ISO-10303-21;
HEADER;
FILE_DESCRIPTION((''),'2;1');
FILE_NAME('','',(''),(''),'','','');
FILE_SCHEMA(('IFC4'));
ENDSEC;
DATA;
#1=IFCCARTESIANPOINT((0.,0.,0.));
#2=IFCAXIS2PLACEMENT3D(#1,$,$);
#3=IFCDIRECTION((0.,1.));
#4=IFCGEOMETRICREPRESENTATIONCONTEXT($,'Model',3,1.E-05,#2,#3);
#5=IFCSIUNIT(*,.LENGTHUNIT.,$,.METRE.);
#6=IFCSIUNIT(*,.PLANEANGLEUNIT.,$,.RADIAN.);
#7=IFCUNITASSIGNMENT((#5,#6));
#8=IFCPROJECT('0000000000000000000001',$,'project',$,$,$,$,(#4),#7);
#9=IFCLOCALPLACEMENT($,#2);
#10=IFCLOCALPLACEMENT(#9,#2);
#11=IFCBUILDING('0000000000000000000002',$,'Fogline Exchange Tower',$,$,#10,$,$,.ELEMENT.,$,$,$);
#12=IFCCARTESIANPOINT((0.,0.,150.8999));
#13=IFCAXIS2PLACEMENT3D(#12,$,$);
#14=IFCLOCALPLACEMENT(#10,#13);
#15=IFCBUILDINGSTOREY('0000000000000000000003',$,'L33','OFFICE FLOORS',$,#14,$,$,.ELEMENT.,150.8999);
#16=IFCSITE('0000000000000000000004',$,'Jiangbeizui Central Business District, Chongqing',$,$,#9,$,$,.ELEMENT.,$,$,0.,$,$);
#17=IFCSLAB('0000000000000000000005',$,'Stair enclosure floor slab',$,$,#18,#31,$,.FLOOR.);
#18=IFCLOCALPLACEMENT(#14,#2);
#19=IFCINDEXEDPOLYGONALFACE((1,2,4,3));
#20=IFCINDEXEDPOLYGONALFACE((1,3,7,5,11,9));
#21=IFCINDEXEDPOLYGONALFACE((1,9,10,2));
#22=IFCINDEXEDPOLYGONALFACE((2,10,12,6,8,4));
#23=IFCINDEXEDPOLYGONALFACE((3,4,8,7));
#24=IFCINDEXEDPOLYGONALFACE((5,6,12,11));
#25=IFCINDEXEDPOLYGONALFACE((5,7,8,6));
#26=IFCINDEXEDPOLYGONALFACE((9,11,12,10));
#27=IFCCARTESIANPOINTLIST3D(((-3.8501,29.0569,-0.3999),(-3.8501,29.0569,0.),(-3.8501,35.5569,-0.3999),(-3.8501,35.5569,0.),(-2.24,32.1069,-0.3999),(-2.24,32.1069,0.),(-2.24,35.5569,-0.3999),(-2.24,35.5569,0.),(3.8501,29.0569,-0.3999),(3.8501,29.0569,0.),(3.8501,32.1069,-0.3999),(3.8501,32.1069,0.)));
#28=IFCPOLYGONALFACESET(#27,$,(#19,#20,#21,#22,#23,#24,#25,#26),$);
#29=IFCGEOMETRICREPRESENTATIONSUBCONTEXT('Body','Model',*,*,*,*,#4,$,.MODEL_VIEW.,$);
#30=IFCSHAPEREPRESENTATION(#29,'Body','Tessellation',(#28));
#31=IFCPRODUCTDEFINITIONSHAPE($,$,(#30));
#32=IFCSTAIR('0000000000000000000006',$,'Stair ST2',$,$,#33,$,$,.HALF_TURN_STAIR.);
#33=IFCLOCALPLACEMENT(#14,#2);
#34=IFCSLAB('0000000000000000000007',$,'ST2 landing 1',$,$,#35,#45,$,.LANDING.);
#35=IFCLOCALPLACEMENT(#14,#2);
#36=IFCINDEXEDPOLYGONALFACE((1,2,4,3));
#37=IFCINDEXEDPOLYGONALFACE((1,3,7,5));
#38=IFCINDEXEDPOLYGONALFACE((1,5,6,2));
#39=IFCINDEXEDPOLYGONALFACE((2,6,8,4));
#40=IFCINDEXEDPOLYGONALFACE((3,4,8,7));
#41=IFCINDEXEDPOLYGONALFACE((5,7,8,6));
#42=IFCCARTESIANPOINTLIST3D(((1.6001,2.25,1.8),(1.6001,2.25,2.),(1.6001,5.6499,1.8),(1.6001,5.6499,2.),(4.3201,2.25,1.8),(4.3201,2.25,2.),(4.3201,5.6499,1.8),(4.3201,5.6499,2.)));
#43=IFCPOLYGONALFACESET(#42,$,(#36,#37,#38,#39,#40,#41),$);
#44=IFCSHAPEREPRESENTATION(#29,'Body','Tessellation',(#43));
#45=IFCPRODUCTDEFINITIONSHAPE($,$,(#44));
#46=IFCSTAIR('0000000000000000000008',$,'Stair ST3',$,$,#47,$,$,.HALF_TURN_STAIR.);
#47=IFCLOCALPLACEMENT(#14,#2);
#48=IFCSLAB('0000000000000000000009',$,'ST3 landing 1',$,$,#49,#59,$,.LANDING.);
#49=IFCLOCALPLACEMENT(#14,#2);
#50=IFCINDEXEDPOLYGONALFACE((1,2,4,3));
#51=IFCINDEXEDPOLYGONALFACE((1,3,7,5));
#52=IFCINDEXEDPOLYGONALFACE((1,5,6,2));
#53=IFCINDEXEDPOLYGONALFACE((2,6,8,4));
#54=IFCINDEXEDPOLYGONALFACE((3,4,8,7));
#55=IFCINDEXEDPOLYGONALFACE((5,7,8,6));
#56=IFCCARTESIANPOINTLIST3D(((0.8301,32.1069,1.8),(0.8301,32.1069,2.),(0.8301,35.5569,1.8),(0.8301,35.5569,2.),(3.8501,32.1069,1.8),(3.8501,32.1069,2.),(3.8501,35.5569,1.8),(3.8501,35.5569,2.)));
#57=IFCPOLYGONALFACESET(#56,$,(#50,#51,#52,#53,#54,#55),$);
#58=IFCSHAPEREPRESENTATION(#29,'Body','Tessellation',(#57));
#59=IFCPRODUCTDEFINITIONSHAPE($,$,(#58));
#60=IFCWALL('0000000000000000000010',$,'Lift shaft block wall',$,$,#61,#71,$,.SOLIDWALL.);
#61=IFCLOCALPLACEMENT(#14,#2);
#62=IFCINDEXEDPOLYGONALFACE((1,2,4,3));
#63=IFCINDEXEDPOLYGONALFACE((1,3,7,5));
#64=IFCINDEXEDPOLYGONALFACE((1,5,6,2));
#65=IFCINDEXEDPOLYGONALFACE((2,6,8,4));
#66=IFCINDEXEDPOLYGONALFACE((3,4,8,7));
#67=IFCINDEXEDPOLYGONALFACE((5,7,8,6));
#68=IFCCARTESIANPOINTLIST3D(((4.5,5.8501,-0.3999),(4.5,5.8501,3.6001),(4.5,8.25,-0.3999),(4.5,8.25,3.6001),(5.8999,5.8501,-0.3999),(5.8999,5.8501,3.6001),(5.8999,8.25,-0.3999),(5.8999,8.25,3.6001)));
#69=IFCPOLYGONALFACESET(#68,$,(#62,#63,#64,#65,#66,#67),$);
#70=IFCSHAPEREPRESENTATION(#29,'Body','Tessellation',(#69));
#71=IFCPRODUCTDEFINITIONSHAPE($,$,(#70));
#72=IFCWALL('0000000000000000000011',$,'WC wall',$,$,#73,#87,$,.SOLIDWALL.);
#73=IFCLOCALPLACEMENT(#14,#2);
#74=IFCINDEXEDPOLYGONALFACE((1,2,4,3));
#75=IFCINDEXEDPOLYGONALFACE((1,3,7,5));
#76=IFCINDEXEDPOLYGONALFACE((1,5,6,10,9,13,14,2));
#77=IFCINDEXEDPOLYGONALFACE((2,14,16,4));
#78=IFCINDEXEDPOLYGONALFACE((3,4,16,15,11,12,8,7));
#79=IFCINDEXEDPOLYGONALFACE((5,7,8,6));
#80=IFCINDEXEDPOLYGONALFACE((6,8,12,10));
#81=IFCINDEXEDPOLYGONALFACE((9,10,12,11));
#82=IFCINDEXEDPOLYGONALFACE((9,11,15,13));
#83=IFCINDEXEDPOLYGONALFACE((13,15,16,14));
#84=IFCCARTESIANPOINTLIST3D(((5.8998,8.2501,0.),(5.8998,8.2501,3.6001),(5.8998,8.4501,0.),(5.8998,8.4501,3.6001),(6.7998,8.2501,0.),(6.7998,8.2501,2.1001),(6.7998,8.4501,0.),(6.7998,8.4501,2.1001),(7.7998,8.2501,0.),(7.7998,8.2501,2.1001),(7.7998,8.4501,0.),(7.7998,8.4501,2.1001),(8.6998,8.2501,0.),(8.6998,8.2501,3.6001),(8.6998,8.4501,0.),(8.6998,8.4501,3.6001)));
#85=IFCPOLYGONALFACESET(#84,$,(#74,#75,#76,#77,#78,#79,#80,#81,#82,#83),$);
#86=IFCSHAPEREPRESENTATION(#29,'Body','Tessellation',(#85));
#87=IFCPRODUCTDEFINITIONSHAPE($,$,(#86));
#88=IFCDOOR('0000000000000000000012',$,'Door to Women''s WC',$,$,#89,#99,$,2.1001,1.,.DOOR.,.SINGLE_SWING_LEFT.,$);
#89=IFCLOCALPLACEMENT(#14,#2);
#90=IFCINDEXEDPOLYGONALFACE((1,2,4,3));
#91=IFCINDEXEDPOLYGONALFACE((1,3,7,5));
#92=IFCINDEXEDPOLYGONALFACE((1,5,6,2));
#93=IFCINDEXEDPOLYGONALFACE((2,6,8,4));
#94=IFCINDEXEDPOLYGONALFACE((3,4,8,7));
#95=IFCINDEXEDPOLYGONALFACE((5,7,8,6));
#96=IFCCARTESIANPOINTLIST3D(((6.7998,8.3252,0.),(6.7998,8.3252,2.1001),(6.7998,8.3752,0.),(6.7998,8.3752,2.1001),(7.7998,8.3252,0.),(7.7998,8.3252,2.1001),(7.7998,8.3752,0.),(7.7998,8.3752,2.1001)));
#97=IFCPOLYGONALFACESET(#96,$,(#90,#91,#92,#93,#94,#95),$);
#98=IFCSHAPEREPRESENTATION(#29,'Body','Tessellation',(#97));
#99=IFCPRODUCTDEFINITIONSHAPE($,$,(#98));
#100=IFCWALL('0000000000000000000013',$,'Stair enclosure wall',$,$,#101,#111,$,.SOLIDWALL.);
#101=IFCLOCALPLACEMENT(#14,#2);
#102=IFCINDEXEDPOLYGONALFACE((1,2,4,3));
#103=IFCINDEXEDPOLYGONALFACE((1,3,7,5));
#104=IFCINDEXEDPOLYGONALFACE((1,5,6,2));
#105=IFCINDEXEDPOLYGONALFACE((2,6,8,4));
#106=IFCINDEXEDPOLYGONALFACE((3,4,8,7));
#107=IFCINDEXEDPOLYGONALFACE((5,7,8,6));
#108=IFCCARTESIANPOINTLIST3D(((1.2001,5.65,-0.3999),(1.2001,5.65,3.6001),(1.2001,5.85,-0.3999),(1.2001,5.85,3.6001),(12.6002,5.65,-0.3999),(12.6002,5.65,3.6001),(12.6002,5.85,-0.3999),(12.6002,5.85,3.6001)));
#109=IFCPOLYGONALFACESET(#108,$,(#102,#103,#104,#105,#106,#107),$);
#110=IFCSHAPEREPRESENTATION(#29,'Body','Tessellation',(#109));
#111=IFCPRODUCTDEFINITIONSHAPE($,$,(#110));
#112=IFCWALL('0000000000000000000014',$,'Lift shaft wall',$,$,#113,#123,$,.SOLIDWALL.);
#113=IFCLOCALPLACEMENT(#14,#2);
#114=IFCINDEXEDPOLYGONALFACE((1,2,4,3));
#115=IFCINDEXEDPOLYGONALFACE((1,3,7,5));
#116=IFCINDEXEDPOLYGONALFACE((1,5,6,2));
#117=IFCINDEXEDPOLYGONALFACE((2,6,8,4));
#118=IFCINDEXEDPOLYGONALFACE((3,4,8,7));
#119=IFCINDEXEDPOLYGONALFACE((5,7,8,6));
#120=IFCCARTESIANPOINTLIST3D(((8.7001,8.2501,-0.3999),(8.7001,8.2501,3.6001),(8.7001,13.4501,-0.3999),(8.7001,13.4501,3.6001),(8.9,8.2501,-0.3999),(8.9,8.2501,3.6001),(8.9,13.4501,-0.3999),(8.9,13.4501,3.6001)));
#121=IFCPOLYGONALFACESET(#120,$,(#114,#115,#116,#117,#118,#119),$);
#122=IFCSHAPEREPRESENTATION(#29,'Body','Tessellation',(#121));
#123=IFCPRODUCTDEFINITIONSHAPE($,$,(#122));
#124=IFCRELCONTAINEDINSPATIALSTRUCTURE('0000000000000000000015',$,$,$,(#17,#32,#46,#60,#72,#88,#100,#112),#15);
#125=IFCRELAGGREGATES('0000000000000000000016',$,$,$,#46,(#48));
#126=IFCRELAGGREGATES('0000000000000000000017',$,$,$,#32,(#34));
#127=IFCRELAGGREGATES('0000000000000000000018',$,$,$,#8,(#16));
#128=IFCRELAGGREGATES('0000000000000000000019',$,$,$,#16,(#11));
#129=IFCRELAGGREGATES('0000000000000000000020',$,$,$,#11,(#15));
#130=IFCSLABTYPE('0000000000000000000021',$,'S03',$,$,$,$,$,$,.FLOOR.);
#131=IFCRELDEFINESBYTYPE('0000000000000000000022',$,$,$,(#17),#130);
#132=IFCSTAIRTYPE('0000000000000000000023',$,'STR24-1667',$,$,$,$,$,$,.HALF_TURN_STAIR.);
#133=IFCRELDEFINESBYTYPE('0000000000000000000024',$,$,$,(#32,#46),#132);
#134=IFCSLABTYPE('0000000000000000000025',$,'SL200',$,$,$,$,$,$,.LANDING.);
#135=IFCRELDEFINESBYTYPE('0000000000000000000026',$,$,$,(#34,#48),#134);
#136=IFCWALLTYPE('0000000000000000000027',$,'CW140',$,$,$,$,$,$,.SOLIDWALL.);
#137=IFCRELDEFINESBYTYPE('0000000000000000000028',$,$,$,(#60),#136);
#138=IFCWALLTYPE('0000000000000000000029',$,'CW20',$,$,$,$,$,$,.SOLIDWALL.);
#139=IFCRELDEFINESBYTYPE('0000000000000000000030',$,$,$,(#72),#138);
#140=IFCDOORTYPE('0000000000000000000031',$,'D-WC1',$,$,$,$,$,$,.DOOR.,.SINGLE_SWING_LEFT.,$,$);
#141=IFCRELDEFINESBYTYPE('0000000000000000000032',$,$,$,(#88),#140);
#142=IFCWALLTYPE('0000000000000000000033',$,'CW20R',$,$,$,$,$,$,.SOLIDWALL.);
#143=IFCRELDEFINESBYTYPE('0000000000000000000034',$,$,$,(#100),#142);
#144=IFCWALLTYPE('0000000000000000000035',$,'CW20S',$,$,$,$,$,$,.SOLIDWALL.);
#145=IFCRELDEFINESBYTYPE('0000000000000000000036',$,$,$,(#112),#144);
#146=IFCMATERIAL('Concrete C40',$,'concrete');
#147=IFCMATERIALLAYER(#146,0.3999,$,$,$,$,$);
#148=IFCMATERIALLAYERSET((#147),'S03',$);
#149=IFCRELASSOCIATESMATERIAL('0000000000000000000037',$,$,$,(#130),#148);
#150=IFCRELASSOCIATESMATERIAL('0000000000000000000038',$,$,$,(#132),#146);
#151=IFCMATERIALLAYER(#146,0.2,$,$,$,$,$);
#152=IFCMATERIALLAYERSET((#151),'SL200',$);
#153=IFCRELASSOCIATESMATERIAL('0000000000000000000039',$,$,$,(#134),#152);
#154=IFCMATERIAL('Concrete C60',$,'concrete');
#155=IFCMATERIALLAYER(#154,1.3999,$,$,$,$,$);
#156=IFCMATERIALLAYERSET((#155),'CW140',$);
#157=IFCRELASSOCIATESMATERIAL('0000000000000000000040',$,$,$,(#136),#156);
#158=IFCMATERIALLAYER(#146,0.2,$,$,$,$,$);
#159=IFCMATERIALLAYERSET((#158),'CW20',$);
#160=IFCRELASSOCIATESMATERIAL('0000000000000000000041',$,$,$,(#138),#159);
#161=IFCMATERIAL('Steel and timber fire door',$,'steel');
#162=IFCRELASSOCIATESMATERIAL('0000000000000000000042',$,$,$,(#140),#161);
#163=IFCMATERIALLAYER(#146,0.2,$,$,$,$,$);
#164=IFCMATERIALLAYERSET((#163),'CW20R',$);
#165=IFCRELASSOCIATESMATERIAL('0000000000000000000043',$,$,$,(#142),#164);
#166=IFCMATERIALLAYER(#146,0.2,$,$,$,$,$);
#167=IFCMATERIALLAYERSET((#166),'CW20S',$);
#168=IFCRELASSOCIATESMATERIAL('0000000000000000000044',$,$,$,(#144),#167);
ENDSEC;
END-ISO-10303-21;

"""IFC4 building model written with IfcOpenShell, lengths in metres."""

from ifc_helpers import new_model, si_unit, direction, frame, frame_2d, origin, place, context, subcontext, project, spatial, polyline, rectangle, outline, extrude, material, layer, layer_set, type_object, element, fill, aggregate, save


model = new_model("IFC4")

# Units and contexts
model_context = context("Model", 3, precision=1e-05, world=origin(), true_north=direction((0.0, 1.0)))
body_context = subcontext(model_context, "Body", "Model", "MODEL_VIEW")
ifc_project = project(units=[si_unit("LENGTHUNIT", "METRE"), si_unit("PLANEANGLEUNIT", "RADIAN")], contexts=[model_context])

# Site, building, storey
site_placement = place(None, origin())
site = spatial("IfcSite", under=ifc_project, at=site_placement, Name="Jiangbeizui Central Business District, Chongqing", CompositionType="ELEMENT", RefElevation=0.0)
building_placement = place(site_placement, origin())
building = spatial("IfcBuilding", under=site, at=building_placement, Name="Fogline Exchange Tower", CompositionType="ELEMENT")
storey_placement = place(building_placement, frame((0.0, 0.0, 150.8999)))
storey = spatial("IfcBuildingStorey", under=building, at=storey_placement, Name="L33", Description="OFFICE FLOORS", CompositionType="ELEMENT", Elevation=150.8999)

# Slab
ifc_material_1 = material(Name="Concrete C40", Category="concrete")
ifc_layer_1 = layer(ifc_material_1, 0.3999)
ifc_layer_set_1 = layer_set([ifc_layer_1], Name="S03")
slab_type_1 = type_object("IfcSlabType", Name="S03", PredefinedType="FLOOR", material=ifc_layer_set_1)
slab_1_placement = place(storey_placement, frame((0.0, 0.0, -0.3999)))
element("IfcSlab", 1, at=slab_1_placement, inside=storey, type_object=slab_type_1, Name="Stair enclosure floor slab", PredefinedType="FLOOR", context=body_context, shape_type="SweptSolid", body=[
    extrude(outline(polyline([(3.8501, 29.0569), (-3.8501, 29.0569), (-3.8501, 35.5569), (-2.24, 35.5569), (-2.24, 32.1069), (3.8501, 32.1069), (3.8501, 29.0569)])), origin(), (0.0, 0.0, 1.0), 0.3999),
])

# Stairs, slabs
stair_type = type_object("IfcStairType", Name="STR24-1667", PredefinedType="HALF_TURN_STAIR", material=ifc_material_1)
stair_1_placement = place(storey_placement, origin())
stair_1 = element("IfcStair", 2, at=stair_1_placement, inside=storey, type_object=stair_type, Name="Stair ST2", PredefinedType="HALF_TURN_STAIR")
ifc_layer_2 = layer(ifc_material_1, 0.2)
ifc_layer_set_2 = layer_set([ifc_layer_2], Name="SL200")
slab_type_2 = type_object("IfcSlabType", Name="SL200", PredefinedType="LANDING", material=ifc_layer_set_2)
slab_2_placement = place(storey_placement, frame((0.0, 0.0, 1.8)))
slab_2 = element("IfcSlab", 3, at=slab_2_placement, type_object=slab_type_2, Name="ST2 landing 1", PredefinedType="LANDING", context=body_context, shape_type="SweptSolid", body=[
    extrude(outline(polyline([(1.6001, 2.25), (4.3201, 2.25), (4.3201, 5.6499), (1.6001, 5.6499), (1.6001, 2.25)])), origin(), (0.0, 0.0, 1.0), 0.2),
])
stair_2_placement = place(storey_placement, origin())
stair_2 = element("IfcStair", 4, at=stair_2_placement, inside=storey, type_object=stair_type, Name="Stair ST3", PredefinedType="HALF_TURN_STAIR")
slab_3_placement = place(storey_placement, frame((0.0, 0.0, 1.8)))
slab_3 = element("IfcSlab", 5, at=slab_3_placement, type_object=slab_type_2, Name="ST3 landing 1", PredefinedType="LANDING", context=body_context, shape_type="SweptSolid", body=[
    extrude(outline(polyline([(0.8301, 32.1069), (3.8501, 32.1069), (3.8501, 35.5569), (0.8301, 35.5569), (0.8301, 32.1069)])), origin(), (0.0, 0.0, 1.0), 0.2),
])
aggregate(stair_2, [slab_3])

# Wall
ifc_material_2 = material(Name="Concrete C60", Category="concrete")
ifc_layer_3 = layer(ifc_material_2, 1.3999)
ifc_layer_set_3 = layer_set([ifc_layer_3], Name="CW140")
wall_type_1 = type_object("IfcWallType", Name="CW140", PredefinedType="SOLIDWALL", material=ifc_layer_set_3)
wall_1_placement = place(storey_placement, frame((5.2, 5.8501, -0.3999), z_axis=(0.0, 0.0, 1.0), x_axis=(0.0, 1.0, 0.0)))
element("IfcWall", 6, at=wall_1_placement, inside=storey, type_object=wall_type_1, Name="Lift shaft block wall", PredefinedType="SOLIDWALL", context=body_context, shape_type="SweptSolid", body=[
    extrude(rectangle(XDim=2.3999, YDim=1.3999, at=frame_2d((1.2, 0.0))), origin(), (0.0, 0.0, 1.0), 4.0),
])

# Wall, opening, door
ifc_layer_4 = layer(ifc_material_1, 0.2)
ifc_layer_set_4 = layer_set([ifc_layer_4], Name="CW20")
wall_type_2 = type_object("IfcWallType", Name="CW20", PredefinedType="SOLIDWALL", material=ifc_layer_set_4)
wall_2_placement = place(storey_placement, frame((5.8999, 8.3501, 0.0), z_axis=(0.0, 0.0, 1.0), x_axis=(1.0, 0.0, 0.0)))
wall_2 = element("IfcWall", 7, at=wall_2_placement, inside=storey, type_object=wall_type_2, Name="WC wall", PredefinedType="SOLIDWALL", context=body_context, shape_type="SweptSolid", body=[
    extrude(rectangle(XDim=2.8, YDim=0.2, at=frame_2d((1.3999, 0.0))), origin(), (0.0, 0.0, 1.0), 3.6001),
])
opening_1_placement = place(wall_2_placement, frame((0.8999, 0.0, 0.0)))
opening_1 = element("IfcOpeningElement", 8, at=opening_1_placement, cuts=wall_2, PredefinedType="OPENING", context=body_context, shape_type="SweptSolid", body=[
    extrude(rectangle(XDim=1.0, YDim=2.1001, at=frame_2d((0.5, 1.05))), frame((0.0, 0.1099, 0.0), z_axis=(0.0, -1.0, 0.0), x_axis=(1.0, 0.0, 0.0)), (0.0, 0.0, 1.0), 0.22),
])
ifc_material_3 = material(Name="Steel and timber fire door", Category="steel")
door_type_1 = type_object("IfcDoorType", Name="D-WC1", OperationType="SINGLE_SWING_LEFT", PredefinedType="DOOR", material=ifc_material_3)
door_1_placement = place(opening_1_placement, frame((1.0, 0.0, 0.0), z_axis=(0.0, 0.0, 1.0), x_axis=(-1.0, 0.0, 0.0)))
door_1 = element("IfcDoor", 9, at=door_1_placement, inside=storey, type_object=door_type_1, Name="Door to Women's WC", OperationType="SINGLE_SWING_LEFT", OverallHeight=2.1001, OverallWidth=1.0, PredefinedType="DOOR", context=body_context, shape_type="SweptSolid", body=[
    extrude(rectangle(XDim=1.0, YDim=2.1001, at=frame_2d((0.5, 1.05))), frame((0.0, 0.0249, 0.0), z_axis=(0.0, -1.0, 0.0), x_axis=(1.0, 0.0, 0.0)), (0.0, 0.0, 1.0), 0.05),
])
fill(opening_1, door_1)

# Walls
ifc_layer_5 = layer(ifc_material_1, 0.2)
ifc_layer_set_5 = layer_set([ifc_layer_5], Name="CW20R")
wall_type_3 = type_object("IfcWallType", Name="CW20R", PredefinedType="SOLIDWALL", material=ifc_layer_set_5)
wall_3_placement = place(storey_placement, frame((1.2, 5.75, -0.3999), z_axis=(0.0, 0.0, 1.0), x_axis=(1.0, 0.0, 0.0)))
element("IfcWall", 10, at=wall_3_placement, inside=storey, type_object=wall_type_3, Name="Stair enclosure wall", PredefinedType="SOLIDWALL", context=body_context, shape_type="SweptSolid", body=[
    extrude(rectangle(XDim=11.4001, YDim=0.2, at=frame_2d((5.7002, 0.0))), origin(), (0.0, 0.0, 1.0), 4.0),
])
ifc_layer_6 = layer(ifc_material_1, 0.2)
ifc_layer_set_6 = layer_set([ifc_layer_6], Name="CW20S")
wall_type_4 = type_object("IfcWallType", Name="CW20S", PredefinedType="SOLIDWALL", material=ifc_layer_set_6)
wall_4_placement = place(storey_placement, frame((8.8, 8.25, -0.3999), z_axis=(0.0, 0.0, 1.0), x_axis=(0.0, 1.0, 0.0)))
element("IfcWall", 11, at=wall_4_placement, inside=storey, type_object=wall_type_4, Name="Lift shaft wall", PredefinedType="SOLIDWALL", context=body_context, shape_type="SweptSolid", body=[
    extrude(rectangle(XDim=5.2, YDim=0.2, at=frame_2d((2.6001, 0.0))), origin(), (0.0, 0.0, 1.0), 4.0),
])

aggregate(stair_1, [slab_2])

save(model, "model.ifc")
